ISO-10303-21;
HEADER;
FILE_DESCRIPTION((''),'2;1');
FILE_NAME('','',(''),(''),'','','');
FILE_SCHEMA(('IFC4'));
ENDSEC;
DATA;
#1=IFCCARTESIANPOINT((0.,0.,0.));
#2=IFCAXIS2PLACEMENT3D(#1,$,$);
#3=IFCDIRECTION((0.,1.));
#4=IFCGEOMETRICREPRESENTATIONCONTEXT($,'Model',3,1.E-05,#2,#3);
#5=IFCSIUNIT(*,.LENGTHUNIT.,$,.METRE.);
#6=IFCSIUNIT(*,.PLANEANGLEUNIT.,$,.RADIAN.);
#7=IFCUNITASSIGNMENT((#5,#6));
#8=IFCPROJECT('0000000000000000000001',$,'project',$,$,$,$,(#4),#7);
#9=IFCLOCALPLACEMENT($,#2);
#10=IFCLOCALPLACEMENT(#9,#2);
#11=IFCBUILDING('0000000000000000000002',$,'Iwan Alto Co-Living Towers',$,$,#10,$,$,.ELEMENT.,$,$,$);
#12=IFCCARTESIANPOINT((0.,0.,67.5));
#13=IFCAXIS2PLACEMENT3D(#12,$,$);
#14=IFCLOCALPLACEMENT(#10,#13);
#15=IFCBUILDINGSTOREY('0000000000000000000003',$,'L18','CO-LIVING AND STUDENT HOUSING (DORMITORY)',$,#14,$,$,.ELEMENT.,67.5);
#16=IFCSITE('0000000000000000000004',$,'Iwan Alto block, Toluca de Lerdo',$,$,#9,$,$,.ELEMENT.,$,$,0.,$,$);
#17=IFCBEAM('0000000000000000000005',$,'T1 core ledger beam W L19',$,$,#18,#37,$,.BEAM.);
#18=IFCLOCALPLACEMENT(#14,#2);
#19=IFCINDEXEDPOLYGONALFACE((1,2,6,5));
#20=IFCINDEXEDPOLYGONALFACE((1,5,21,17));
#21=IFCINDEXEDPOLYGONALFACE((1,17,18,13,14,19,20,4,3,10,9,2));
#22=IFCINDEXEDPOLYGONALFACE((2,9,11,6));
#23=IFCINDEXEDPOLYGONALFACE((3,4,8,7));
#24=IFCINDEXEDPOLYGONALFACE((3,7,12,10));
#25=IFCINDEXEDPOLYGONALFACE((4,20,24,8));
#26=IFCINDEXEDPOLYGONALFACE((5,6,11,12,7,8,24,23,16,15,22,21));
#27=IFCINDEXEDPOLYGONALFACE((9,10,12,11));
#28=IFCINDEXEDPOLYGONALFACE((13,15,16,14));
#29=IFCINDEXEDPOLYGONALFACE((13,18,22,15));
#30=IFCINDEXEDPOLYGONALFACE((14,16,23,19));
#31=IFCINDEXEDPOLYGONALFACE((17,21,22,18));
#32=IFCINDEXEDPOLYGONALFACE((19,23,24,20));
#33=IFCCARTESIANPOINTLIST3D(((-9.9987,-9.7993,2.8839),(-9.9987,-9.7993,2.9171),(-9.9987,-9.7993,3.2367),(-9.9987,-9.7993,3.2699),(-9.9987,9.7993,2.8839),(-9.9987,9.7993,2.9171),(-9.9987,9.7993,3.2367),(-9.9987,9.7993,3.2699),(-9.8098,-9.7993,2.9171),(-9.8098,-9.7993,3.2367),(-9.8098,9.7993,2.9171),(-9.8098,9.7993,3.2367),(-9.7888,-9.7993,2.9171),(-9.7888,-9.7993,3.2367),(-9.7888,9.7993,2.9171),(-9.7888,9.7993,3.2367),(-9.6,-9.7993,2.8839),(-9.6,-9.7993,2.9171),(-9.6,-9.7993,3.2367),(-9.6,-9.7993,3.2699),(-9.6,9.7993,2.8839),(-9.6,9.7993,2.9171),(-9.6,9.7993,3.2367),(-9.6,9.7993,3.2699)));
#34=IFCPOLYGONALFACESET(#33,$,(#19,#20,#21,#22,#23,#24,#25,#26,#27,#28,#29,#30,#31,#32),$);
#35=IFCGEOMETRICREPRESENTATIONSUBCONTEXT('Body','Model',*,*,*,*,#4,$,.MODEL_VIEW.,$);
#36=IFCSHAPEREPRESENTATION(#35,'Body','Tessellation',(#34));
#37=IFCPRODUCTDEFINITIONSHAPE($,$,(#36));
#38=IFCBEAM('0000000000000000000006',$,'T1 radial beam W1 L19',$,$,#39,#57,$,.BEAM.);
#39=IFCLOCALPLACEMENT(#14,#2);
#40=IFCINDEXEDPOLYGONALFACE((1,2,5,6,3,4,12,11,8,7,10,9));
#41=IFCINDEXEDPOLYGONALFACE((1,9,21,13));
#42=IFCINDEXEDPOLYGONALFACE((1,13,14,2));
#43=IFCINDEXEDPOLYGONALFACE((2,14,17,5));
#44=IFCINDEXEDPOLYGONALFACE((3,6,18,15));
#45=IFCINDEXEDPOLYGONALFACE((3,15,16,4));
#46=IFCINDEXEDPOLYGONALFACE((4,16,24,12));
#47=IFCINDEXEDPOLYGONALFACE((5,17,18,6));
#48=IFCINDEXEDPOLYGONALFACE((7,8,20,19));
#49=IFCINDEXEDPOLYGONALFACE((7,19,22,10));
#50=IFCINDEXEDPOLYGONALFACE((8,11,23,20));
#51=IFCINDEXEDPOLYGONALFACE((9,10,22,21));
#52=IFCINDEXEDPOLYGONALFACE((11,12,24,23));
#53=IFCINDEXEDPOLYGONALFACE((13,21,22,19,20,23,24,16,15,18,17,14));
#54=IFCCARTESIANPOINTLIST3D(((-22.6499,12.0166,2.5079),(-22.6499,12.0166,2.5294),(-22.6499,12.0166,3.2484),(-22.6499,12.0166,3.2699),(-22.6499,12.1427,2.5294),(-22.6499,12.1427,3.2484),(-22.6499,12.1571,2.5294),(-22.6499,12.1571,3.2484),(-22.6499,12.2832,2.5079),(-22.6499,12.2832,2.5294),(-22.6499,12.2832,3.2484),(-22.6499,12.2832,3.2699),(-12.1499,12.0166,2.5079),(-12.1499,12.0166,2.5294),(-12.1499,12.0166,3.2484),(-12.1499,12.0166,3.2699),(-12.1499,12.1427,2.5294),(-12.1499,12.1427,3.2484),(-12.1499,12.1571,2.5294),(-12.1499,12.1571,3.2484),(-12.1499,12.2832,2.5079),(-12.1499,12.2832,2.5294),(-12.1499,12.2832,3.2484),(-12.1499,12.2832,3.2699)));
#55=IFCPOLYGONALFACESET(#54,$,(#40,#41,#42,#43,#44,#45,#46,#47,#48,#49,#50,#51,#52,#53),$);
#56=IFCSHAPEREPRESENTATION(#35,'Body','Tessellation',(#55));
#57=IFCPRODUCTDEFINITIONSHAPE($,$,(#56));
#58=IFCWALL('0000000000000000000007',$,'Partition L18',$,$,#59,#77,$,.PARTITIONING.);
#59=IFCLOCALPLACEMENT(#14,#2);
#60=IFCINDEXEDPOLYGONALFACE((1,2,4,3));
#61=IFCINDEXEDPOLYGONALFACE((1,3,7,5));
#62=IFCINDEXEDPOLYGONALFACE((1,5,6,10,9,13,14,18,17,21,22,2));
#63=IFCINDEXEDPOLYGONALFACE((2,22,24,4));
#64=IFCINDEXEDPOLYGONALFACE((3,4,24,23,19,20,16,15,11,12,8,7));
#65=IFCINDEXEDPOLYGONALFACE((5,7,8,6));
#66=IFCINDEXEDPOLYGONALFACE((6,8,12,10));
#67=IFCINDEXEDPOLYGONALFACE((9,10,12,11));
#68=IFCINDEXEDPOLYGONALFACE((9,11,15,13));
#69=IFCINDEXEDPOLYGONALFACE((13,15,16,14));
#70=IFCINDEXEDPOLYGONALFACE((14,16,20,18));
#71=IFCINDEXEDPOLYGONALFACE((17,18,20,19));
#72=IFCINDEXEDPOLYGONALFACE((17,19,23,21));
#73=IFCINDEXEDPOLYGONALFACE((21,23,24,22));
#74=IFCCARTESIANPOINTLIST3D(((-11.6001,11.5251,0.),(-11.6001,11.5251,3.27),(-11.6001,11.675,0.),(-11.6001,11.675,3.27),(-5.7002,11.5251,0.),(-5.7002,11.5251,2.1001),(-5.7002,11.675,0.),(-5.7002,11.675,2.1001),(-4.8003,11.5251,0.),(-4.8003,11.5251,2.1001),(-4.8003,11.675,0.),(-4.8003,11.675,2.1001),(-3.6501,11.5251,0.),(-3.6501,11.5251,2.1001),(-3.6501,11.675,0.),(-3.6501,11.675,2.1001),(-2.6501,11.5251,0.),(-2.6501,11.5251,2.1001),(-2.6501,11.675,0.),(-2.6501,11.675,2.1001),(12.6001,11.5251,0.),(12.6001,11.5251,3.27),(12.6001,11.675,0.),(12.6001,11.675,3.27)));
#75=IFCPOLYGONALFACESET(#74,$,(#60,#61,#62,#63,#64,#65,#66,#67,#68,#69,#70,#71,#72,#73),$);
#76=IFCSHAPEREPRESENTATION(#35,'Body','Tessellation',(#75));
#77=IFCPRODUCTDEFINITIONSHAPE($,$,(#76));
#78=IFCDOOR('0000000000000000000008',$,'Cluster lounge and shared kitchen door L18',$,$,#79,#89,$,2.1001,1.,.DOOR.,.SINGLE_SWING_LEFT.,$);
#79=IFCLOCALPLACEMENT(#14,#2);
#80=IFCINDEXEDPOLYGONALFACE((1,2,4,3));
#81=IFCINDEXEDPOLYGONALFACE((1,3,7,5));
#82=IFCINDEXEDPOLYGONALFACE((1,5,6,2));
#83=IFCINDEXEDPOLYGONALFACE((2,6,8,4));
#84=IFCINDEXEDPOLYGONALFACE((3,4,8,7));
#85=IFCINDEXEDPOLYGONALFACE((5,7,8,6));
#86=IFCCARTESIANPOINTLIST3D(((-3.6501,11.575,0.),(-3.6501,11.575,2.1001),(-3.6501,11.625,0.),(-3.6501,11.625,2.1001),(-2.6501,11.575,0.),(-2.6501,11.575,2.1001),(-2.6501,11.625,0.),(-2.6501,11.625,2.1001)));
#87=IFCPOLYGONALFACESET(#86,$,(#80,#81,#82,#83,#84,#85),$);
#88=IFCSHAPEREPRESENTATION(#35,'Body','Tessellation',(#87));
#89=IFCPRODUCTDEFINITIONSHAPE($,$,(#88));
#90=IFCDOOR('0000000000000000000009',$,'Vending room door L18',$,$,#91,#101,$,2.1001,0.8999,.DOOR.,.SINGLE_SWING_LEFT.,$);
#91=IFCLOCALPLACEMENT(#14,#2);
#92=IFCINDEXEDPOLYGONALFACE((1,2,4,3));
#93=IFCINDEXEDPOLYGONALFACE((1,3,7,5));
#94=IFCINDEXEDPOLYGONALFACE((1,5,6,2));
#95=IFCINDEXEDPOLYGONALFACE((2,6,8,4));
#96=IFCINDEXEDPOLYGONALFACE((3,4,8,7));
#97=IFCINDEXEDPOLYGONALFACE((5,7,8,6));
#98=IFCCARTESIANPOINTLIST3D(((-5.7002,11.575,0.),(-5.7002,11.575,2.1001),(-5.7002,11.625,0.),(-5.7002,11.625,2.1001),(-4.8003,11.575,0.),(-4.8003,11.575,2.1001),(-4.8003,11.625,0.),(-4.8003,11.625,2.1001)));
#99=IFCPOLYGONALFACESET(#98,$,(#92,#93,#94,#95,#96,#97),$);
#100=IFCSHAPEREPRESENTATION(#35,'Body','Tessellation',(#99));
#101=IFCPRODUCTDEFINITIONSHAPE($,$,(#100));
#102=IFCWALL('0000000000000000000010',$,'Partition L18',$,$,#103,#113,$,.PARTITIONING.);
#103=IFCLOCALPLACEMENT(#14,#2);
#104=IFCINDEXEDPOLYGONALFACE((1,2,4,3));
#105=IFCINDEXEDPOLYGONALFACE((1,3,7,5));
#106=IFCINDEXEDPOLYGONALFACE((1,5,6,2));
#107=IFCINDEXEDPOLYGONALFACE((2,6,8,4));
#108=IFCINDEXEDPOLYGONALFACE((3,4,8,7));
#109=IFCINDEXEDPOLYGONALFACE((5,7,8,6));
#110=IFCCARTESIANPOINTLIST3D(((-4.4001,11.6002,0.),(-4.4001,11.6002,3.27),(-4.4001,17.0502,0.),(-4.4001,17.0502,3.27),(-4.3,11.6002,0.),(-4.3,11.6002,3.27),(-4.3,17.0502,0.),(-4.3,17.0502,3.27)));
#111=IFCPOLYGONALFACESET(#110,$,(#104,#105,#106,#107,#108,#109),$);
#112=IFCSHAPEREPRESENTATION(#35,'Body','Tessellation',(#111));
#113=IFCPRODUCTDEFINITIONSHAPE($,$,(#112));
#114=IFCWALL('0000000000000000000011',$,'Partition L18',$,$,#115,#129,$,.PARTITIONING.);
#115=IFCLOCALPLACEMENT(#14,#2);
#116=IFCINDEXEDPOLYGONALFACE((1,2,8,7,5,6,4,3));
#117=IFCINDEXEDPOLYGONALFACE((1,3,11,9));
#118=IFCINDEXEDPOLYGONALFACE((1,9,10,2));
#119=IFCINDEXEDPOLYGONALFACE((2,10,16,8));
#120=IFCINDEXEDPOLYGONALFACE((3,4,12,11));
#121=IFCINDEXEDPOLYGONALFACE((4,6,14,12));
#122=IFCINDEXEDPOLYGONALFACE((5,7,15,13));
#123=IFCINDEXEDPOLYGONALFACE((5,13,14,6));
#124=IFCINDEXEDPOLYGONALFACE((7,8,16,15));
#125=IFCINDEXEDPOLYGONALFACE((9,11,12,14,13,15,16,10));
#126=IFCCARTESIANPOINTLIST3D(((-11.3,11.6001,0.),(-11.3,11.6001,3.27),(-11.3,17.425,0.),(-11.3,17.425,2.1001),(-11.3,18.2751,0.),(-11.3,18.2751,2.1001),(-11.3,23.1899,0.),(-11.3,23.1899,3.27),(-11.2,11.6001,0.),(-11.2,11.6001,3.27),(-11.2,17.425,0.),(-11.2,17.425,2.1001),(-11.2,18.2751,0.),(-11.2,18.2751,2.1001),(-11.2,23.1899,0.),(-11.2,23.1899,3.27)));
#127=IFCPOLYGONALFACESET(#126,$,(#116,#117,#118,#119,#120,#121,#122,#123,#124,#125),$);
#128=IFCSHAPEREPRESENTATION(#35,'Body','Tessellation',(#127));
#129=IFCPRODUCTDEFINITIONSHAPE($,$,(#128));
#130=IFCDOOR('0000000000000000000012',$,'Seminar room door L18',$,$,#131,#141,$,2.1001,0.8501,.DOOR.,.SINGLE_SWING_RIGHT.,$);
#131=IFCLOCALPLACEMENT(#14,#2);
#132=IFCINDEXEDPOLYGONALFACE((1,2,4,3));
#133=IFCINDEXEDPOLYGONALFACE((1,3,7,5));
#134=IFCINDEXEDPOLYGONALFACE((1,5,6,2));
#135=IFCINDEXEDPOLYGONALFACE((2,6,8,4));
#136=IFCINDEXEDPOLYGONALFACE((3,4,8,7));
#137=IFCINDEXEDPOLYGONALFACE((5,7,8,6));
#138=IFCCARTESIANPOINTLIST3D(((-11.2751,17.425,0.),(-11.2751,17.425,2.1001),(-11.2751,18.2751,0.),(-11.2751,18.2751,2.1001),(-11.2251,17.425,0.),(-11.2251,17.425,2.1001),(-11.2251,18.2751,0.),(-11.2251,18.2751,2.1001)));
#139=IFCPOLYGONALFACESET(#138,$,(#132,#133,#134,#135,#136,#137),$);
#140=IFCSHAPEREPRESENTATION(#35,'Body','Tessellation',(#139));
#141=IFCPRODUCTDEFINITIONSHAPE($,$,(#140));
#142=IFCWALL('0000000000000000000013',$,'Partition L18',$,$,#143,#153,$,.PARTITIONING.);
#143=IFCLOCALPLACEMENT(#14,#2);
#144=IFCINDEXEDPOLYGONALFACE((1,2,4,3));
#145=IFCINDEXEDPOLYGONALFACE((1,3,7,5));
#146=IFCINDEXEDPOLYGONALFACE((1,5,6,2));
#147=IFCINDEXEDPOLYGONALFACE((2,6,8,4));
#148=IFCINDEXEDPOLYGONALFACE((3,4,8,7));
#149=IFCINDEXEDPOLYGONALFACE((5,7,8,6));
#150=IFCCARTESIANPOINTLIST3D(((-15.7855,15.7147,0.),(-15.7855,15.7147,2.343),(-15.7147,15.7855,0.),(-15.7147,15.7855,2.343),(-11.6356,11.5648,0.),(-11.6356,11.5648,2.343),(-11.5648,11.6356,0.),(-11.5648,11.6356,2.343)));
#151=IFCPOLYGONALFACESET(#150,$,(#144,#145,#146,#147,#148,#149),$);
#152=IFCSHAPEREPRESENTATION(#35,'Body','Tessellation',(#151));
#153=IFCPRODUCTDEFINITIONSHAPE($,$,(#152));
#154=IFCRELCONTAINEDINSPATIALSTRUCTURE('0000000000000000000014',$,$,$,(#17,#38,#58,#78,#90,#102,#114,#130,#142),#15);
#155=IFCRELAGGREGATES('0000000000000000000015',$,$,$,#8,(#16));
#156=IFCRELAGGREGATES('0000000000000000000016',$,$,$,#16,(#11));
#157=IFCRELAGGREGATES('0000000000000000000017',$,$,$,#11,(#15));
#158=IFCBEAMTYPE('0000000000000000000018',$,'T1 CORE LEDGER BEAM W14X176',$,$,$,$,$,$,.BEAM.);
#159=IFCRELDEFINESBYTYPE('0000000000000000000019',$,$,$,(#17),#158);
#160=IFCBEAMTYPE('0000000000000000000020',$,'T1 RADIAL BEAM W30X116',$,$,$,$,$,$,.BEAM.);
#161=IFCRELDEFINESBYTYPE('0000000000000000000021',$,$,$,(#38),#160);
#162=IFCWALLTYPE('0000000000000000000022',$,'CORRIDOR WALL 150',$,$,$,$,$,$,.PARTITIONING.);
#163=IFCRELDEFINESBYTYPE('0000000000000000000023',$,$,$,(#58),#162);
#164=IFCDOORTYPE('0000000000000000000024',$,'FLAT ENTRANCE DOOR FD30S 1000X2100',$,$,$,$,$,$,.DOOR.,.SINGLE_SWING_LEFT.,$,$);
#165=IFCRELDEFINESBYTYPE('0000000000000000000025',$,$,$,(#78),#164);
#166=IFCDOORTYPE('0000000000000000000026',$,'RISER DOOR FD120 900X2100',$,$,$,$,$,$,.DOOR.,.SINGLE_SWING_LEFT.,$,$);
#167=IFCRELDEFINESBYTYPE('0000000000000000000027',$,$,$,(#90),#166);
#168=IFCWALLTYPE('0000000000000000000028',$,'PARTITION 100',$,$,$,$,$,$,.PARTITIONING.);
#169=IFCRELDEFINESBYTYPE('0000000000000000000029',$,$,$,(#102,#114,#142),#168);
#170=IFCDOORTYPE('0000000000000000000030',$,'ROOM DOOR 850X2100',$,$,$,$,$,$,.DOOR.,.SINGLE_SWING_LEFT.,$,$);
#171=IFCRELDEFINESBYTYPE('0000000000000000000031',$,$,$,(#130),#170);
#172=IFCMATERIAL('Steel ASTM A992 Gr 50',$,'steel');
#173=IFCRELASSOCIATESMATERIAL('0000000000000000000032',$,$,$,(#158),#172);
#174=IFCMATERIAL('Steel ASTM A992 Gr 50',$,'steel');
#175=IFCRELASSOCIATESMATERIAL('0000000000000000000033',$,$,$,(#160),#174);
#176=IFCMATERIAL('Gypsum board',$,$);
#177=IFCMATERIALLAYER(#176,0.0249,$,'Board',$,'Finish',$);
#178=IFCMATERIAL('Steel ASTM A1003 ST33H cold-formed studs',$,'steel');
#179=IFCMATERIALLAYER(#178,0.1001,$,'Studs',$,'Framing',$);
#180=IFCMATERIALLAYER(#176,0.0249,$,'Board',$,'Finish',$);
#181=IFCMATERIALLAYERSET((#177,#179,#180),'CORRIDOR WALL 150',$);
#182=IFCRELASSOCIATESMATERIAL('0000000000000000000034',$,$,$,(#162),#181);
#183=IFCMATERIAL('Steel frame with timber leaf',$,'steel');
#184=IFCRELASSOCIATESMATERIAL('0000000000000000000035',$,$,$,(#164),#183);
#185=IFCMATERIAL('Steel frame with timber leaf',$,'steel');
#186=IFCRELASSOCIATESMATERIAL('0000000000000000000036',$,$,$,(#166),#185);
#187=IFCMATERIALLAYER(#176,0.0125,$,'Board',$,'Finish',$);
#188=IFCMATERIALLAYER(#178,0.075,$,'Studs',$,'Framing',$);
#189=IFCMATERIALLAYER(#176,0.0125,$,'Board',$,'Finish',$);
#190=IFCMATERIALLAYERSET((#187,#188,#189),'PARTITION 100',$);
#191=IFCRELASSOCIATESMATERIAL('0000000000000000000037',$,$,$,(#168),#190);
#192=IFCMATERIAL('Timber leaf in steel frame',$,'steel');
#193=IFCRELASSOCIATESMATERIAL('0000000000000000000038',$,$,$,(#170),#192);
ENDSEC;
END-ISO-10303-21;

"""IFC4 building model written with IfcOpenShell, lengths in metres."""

from ifc_helpers import new_model, si_unit, direction, frame, frame_2d, origin, origin_2d, place, context, subcontext, project, spatial, rectangle, i_section, extrude, material, layer, layer_set, material_profile, profile_set, type_object, element, fill, save


model = new_model("IFC4")

# Units and contexts
model_context = context("Model", 3, precision=1e-05, world=origin(), true_north=direction((0.0, 1.0)))
body_context = subcontext(model_context, "Body", "Model", "MODEL_VIEW")
ifc_project = project(units=[si_unit("LENGTHUNIT", "METRE"), si_unit("PLANEANGLEUNIT", "RADIAN")], contexts=[model_context])

# Site, building, storey
site_placement = place(None, origin())
site = spatial("IfcSite", under=ifc_project, at=site_placement, Name="Iwan Alto block, Toluca de Lerdo", CompositionType="ELEMENT", RefElevation=0.0)
building_placement = place(site_placement, origin())
building = spatial("IfcBuilding", under=site, at=building_placement, Name="Iwan Alto Co-Living Towers", CompositionType="ELEMENT")
storey_placement = place(building_placement, frame((0.0, 0.0, 67.5)))
storey = spatial("IfcBuildingStorey", under=building, at=storey_placement, Name="L18", Description="CO-LIVING AND STUDENT HOUSING (DORMITORY)", CompositionType="ELEMENT", Elevation=67.5)

# Beams
ifc_material_1 = material(Name="Steel ASTM A992 Gr 50", Category="steel")
ifc_material_profile_1 = material_profile(ifc_material_1, i_section(OverallWidth=0.3987, OverallDepth=0.386, WebThickness=0.021, FlangeThickness=0.0332, at=origin_2d()), Name="W14X176")
ifc_profile_set_1 = profile_set([ifc_material_profile_1], Name="Steel ASTM A992 Gr 50")
beam_type_1 = type_object("IfcBeamType", Name="T1 CORE LEDGER BEAM W14X176", PredefinedType="BEAM", material=ifc_profile_set_1)
beam_1_placement = place(storey_placement, frame((-9.7993, 9.7993, 3.0769), z_axis=(0.0, -1.0, 0.0), x_axis=(1.0, 0.0, 0.0)))
element("IfcBeam", 1, at=beam_1_placement, inside=storey, type_object=beam_type_1, Name="T1 core ledger beam W L19", PredefinedType="BEAM", context=body_context, shape_type="SweptSolid", body=[
    extrude(i_section(OverallWidth=0.3987, OverallDepth=0.386, WebThickness=0.021, FlangeThickness=0.0332, at=origin_2d()), origin(), (0.0, 0.0, 1.0), 19.5986),
])
ifc_material_2 = material(Name="Steel ASTM A992 Gr 50", Category="steel")
ifc_material_profile_2 = material_profile(ifc_material_2, i_section(OverallWidth=0.2666, OverallDepth=0.762, WebThickness=0.0144, FlangeThickness=0.0215, at=origin_2d()), Name="W30X116")
ifc_profile_set_2 = profile_set([ifc_material_profile_2], Name="Steel ASTM A992 Gr 50")
beam_type_2 = type_object("IfcBeamType", Name="T1 RADIAL BEAM W30X116", PredefinedType="BEAM", material=ifc_profile_set_2)
beam_2_placement = place(storey_placement, frame((-22.6499, 12.1499, 2.8889), z_axis=(1.0, 0.0, 0.0), x_axis=(0.0, 1.0, 0.0)))
element("IfcBeam", 2, at=beam_2_placement, inside=storey, type_object=beam_type_2, Name="T1 radial beam W1 L19", PredefinedType="BEAM", context=body_context, shape_type="SweptSolid", body=[
    extrude(i_section(OverallWidth=0.2666, OverallDepth=0.762, WebThickness=0.0144, FlangeThickness=0.0215, at=origin_2d()), origin(), (0.0, 0.0, 1.0), 10.5),
])

# Wall, openings, doors
ifc_material_3 = material(Name="Gypsum board")
ifc_layer_1 = layer(ifc_material_3, 0.0249, Name="Board", Category="Finish")
ifc_material_4 = material(Name="Steel ASTM A1003 ST33H cold-formed studs", Category="steel")
ifc_layer_2 = layer(ifc_material_4, 0.1001, Name="Studs", Category="Framing")
ifc_layer_3 = layer(ifc_material_3, 0.0249, Name="Board", Category="Finish")
ifc_layer_set_1 = layer_set([ifc_layer_1, ifc_layer_2, ifc_layer_3], Name="CORRIDOR WALL 150")
wall_type_1 = type_object("IfcWallType", Name="CORRIDOR WALL 150", PredefinedType="PARTITIONING", material=ifc_layer_set_1)
wall_1_placement = place(storey_placement, frame((-11.6001, 11.6001, 0.0), z_axis=(0.0, 0.0, 1.0), x_axis=(1.0, 0.0, 0.0)))
wall_1 = element("IfcWall", 3, at=wall_1_placement, inside=storey, type_object=wall_type_1, Name="Partition L18", PredefinedType="PARTITIONING", context=body_context, shape_type="SweptSolid", body=[
    extrude(rectangle(XDim=24.2002, YDim=0.1499, at=frame_2d((12.1001, 0.0))), origin(), (0.0, 0.0, 1.0), 3.27),
])
opening_1_placement = place(wall_1_placement, frame((7.95, 0.0, 0.0)))
opening_1 = element("IfcOpeningElement", 4, at=opening_1_placement, cuts=wall_1, PredefinedType="OPENING", context=body_context, shape_type="SweptSolid", body=[
    extrude(rectangle(XDim=1.0, YDim=2.1001, at=frame_2d((0.5, 1.05))), frame((0.0, 0.085, 0.0), z_axis=(0.0, -1.0, 0.0), x_axis=(1.0, 0.0, 0.0)), (0.0, 0.0, 1.0), 0.1699),
])
opening_2_placement = place(wall_1_placement, frame((5.8999, 0.0, 0.0)))
opening_2 = element("IfcOpeningElement", 5, at=opening_2_placement, cuts=wall_1, PredefinedType="OPENING", context=body_context, shape_type="SweptSolid", body=[
    extrude(rectangle(XDim=0.8999, YDim=2.1001, at=frame_2d((0.45, 1.05))), frame((0.0, 0.085, 0.0), z_axis=(0.0, -1.0, 0.0), x_axis=(1.0, 0.0, 0.0)), (0.0, 0.0, 1.0), 0.1699),
])
ifc_material_5 = material(Name="Steel frame with timber leaf", Category="steel")
door_type_1 = type_object("IfcDoorType", Name="FLAT ENTRANCE DOOR FD30S 1000X2100", OperationType="SINGLE_SWING_LEFT", PredefinedType="DOOR", material=ifc_material_5)
door_1_placement = place(opening_1_placement, origin())
door_1 = element("IfcDoor", 6, at=door_1_placement, inside=storey, type_object=door_type_1, Name="Cluster lounge and shared kitchen door L18", OperationType="SINGLE_SWING_LEFT", OverallHeight=2.1001, OverallWidth=1.0, PredefinedType="DOOR", context=body_context, shape_type="SweptSolid", body=[
    extrude(rectangle(XDim=1.0, YDim=2.1001, at=frame_2d((0.5, 1.05))), frame((0.0, 0.0249, 0.0), z_axis=(0.0, -1.0, 0.0), x_axis=(1.0, 0.0, 0.0)), (0.0, 0.0, 1.0), 0.05),
])
fill(opening_1, door_1)
ifc_material_6 = material(Name="Steel frame with timber leaf", Category="steel")
door_type_2 = type_object("IfcDoorType", Name="RISER DOOR FD120 900X2100", OperationType="SINGLE_SWING_LEFT", PredefinedType="DOOR", material=ifc_material_6)
door_2_placement = place(opening_2_placement, origin())
door_2 = element("IfcDoor", 7, at=door_2_placement, inside=storey, type_object=door_type_2, Name="Vending room door L18", OperationType="SINGLE_SWING_LEFT", OverallHeight=2.1001, OverallWidth=0.8999, PredefinedType="DOOR", context=body_context, shape_type="SweptSolid", body=[
    extrude(rectangle(XDim=0.8999, YDim=2.1001, at=frame_2d((0.45, 1.05))), frame((0.0, 0.0249, 0.0), z_axis=(0.0, -1.0, 0.0), x_axis=(1.0, 0.0, 0.0)), (0.0, 0.0, 1.0), 0.05),
])
fill(opening_2, door_2)

# Wall
ifc_layer_4 = layer(ifc_material_3, 0.0125, Name="Board", Category="Finish")
ifc_layer_5 = layer(ifc_material_4, 0.075, Name="Studs", Category="Framing")
ifc_layer_6 = layer(ifc_material_3, 0.0125, Name="Board", Category="Finish")
ifc_layer_set_2 = layer_set([ifc_layer_4, ifc_layer_5, ifc_layer_6], Name="PARTITION 100")
wall_type_2 = type_object("IfcWallType", Name="PARTITION 100", PredefinedType="PARTITIONING", material=ifc_layer_set_2)
wall_2_placement = place(storey_placement, frame((-4.3501, 11.6001, 0.0), z_axis=(0.0, 0.0, 1.0), x_axis=(0.0, 1.0, 0.0)))
element("IfcWall", 8, at=wall_2_placement, inside=storey, type_object=wall_type_2, Name="Partition L18", PredefinedType="PARTITIONING", context=body_context, shape_type="SweptSolid", body=[
    extrude(rectangle(XDim=5.45, YDim=0.1001, at=frame_2d((2.7251, 0.0))), origin(), (0.0, 0.0, 1.0), 3.27),
])

# Wall, opening, door
wall_3_placement = place(storey_placement, frame((-11.25, 11.6001, 0.0), z_axis=(0.0, 0.0, 1.0), x_axis=(0.0, 1.0, 0.0)))
wall_3 = element("IfcWall", 9, at=wall_3_placement, inside=storey, type_object=wall_type_2, Name="Partition L18", PredefinedType="PARTITIONING", context=body_context, shape_type="SweptSolid", body=[
    extrude(rectangle(XDim=11.5898, YDim=0.1001, at=frame_2d((5.7949, 0.0))), origin(), (0.0, 0.0, 1.0), 3.27),
])
opening_3_placement = place(wall_3_placement, frame((5.825, 0.0, 0.0)))
opening_3 = element("IfcOpeningElement", 10, at=opening_3_placement, cuts=wall_3, PredefinedType="OPENING", context=body_context, shape_type="SweptSolid", body=[
    extrude(rectangle(XDim=0.8501, YDim=2.1001, at=frame_2d((0.425, 1.05))), frame((0.0, 0.0601, 0.0), z_axis=(0.0, -1.0, 0.0), x_axis=(1.0, 0.0, 0.0)), (0.0, 0.0, 1.0), 0.1201),
])
ifc_material_7 = material(Name="Timber leaf in steel frame", Category="steel")
door_type_3 = type_object("IfcDoorType", Name="ROOM DOOR 850X2100", OperationType="SINGLE_SWING_LEFT", PredefinedType="DOOR", material=ifc_material_7)
door_3_placement = place(opening_3_placement, frame((0.8501, 0.0, 0.0), z_axis=(0.0, 0.0, 1.0), x_axis=(-1.0, 0.0, 0.0)))
door_3 = element("IfcDoor", 11, at=door_3_placement, inside=storey, type_object=door_type_3, Name="Seminar room door L18", OperationType="SINGLE_SWING_RIGHT", OverallHeight=2.1001, OverallWidth=0.8501, PredefinedType="DOOR", context=body_context, shape_type="SweptSolid", body=[
    extrude(rectangle(XDim=0.8501, YDim=2.1001, at=frame_2d((0.425, 1.05))), frame((0.0, 0.0249, 0.0), z_axis=(0.0, -1.0, 0.0), x_axis=(1.0, 0.0, 0.0)), (0.0, 0.0, 1.0), 0.05),
])
fill(opening_3, door_3)

# Wall
wall_4_placement = place(storey_placement, frame((-11.6001, 11.6001, 0.0), z_axis=(0.0, 0.0, 1.0), x_axis=(-0.707107, 0.707107, 0.0)))
element("IfcWall", 12, at=wall_4_placement, inside=storey, type_object=wall_type_2, Name="Partition L18", PredefinedType="PARTITIONING", context=body_context, shape_type="SweptSolid", body=[
    extrude(rectangle(XDim=5.8689, YDim=0.1001, at=frame_2d((2.9346, 0.0))), origin(), (0.0, 0.0, 1.0), 2.343),
])

save(model, "model.ifc")
